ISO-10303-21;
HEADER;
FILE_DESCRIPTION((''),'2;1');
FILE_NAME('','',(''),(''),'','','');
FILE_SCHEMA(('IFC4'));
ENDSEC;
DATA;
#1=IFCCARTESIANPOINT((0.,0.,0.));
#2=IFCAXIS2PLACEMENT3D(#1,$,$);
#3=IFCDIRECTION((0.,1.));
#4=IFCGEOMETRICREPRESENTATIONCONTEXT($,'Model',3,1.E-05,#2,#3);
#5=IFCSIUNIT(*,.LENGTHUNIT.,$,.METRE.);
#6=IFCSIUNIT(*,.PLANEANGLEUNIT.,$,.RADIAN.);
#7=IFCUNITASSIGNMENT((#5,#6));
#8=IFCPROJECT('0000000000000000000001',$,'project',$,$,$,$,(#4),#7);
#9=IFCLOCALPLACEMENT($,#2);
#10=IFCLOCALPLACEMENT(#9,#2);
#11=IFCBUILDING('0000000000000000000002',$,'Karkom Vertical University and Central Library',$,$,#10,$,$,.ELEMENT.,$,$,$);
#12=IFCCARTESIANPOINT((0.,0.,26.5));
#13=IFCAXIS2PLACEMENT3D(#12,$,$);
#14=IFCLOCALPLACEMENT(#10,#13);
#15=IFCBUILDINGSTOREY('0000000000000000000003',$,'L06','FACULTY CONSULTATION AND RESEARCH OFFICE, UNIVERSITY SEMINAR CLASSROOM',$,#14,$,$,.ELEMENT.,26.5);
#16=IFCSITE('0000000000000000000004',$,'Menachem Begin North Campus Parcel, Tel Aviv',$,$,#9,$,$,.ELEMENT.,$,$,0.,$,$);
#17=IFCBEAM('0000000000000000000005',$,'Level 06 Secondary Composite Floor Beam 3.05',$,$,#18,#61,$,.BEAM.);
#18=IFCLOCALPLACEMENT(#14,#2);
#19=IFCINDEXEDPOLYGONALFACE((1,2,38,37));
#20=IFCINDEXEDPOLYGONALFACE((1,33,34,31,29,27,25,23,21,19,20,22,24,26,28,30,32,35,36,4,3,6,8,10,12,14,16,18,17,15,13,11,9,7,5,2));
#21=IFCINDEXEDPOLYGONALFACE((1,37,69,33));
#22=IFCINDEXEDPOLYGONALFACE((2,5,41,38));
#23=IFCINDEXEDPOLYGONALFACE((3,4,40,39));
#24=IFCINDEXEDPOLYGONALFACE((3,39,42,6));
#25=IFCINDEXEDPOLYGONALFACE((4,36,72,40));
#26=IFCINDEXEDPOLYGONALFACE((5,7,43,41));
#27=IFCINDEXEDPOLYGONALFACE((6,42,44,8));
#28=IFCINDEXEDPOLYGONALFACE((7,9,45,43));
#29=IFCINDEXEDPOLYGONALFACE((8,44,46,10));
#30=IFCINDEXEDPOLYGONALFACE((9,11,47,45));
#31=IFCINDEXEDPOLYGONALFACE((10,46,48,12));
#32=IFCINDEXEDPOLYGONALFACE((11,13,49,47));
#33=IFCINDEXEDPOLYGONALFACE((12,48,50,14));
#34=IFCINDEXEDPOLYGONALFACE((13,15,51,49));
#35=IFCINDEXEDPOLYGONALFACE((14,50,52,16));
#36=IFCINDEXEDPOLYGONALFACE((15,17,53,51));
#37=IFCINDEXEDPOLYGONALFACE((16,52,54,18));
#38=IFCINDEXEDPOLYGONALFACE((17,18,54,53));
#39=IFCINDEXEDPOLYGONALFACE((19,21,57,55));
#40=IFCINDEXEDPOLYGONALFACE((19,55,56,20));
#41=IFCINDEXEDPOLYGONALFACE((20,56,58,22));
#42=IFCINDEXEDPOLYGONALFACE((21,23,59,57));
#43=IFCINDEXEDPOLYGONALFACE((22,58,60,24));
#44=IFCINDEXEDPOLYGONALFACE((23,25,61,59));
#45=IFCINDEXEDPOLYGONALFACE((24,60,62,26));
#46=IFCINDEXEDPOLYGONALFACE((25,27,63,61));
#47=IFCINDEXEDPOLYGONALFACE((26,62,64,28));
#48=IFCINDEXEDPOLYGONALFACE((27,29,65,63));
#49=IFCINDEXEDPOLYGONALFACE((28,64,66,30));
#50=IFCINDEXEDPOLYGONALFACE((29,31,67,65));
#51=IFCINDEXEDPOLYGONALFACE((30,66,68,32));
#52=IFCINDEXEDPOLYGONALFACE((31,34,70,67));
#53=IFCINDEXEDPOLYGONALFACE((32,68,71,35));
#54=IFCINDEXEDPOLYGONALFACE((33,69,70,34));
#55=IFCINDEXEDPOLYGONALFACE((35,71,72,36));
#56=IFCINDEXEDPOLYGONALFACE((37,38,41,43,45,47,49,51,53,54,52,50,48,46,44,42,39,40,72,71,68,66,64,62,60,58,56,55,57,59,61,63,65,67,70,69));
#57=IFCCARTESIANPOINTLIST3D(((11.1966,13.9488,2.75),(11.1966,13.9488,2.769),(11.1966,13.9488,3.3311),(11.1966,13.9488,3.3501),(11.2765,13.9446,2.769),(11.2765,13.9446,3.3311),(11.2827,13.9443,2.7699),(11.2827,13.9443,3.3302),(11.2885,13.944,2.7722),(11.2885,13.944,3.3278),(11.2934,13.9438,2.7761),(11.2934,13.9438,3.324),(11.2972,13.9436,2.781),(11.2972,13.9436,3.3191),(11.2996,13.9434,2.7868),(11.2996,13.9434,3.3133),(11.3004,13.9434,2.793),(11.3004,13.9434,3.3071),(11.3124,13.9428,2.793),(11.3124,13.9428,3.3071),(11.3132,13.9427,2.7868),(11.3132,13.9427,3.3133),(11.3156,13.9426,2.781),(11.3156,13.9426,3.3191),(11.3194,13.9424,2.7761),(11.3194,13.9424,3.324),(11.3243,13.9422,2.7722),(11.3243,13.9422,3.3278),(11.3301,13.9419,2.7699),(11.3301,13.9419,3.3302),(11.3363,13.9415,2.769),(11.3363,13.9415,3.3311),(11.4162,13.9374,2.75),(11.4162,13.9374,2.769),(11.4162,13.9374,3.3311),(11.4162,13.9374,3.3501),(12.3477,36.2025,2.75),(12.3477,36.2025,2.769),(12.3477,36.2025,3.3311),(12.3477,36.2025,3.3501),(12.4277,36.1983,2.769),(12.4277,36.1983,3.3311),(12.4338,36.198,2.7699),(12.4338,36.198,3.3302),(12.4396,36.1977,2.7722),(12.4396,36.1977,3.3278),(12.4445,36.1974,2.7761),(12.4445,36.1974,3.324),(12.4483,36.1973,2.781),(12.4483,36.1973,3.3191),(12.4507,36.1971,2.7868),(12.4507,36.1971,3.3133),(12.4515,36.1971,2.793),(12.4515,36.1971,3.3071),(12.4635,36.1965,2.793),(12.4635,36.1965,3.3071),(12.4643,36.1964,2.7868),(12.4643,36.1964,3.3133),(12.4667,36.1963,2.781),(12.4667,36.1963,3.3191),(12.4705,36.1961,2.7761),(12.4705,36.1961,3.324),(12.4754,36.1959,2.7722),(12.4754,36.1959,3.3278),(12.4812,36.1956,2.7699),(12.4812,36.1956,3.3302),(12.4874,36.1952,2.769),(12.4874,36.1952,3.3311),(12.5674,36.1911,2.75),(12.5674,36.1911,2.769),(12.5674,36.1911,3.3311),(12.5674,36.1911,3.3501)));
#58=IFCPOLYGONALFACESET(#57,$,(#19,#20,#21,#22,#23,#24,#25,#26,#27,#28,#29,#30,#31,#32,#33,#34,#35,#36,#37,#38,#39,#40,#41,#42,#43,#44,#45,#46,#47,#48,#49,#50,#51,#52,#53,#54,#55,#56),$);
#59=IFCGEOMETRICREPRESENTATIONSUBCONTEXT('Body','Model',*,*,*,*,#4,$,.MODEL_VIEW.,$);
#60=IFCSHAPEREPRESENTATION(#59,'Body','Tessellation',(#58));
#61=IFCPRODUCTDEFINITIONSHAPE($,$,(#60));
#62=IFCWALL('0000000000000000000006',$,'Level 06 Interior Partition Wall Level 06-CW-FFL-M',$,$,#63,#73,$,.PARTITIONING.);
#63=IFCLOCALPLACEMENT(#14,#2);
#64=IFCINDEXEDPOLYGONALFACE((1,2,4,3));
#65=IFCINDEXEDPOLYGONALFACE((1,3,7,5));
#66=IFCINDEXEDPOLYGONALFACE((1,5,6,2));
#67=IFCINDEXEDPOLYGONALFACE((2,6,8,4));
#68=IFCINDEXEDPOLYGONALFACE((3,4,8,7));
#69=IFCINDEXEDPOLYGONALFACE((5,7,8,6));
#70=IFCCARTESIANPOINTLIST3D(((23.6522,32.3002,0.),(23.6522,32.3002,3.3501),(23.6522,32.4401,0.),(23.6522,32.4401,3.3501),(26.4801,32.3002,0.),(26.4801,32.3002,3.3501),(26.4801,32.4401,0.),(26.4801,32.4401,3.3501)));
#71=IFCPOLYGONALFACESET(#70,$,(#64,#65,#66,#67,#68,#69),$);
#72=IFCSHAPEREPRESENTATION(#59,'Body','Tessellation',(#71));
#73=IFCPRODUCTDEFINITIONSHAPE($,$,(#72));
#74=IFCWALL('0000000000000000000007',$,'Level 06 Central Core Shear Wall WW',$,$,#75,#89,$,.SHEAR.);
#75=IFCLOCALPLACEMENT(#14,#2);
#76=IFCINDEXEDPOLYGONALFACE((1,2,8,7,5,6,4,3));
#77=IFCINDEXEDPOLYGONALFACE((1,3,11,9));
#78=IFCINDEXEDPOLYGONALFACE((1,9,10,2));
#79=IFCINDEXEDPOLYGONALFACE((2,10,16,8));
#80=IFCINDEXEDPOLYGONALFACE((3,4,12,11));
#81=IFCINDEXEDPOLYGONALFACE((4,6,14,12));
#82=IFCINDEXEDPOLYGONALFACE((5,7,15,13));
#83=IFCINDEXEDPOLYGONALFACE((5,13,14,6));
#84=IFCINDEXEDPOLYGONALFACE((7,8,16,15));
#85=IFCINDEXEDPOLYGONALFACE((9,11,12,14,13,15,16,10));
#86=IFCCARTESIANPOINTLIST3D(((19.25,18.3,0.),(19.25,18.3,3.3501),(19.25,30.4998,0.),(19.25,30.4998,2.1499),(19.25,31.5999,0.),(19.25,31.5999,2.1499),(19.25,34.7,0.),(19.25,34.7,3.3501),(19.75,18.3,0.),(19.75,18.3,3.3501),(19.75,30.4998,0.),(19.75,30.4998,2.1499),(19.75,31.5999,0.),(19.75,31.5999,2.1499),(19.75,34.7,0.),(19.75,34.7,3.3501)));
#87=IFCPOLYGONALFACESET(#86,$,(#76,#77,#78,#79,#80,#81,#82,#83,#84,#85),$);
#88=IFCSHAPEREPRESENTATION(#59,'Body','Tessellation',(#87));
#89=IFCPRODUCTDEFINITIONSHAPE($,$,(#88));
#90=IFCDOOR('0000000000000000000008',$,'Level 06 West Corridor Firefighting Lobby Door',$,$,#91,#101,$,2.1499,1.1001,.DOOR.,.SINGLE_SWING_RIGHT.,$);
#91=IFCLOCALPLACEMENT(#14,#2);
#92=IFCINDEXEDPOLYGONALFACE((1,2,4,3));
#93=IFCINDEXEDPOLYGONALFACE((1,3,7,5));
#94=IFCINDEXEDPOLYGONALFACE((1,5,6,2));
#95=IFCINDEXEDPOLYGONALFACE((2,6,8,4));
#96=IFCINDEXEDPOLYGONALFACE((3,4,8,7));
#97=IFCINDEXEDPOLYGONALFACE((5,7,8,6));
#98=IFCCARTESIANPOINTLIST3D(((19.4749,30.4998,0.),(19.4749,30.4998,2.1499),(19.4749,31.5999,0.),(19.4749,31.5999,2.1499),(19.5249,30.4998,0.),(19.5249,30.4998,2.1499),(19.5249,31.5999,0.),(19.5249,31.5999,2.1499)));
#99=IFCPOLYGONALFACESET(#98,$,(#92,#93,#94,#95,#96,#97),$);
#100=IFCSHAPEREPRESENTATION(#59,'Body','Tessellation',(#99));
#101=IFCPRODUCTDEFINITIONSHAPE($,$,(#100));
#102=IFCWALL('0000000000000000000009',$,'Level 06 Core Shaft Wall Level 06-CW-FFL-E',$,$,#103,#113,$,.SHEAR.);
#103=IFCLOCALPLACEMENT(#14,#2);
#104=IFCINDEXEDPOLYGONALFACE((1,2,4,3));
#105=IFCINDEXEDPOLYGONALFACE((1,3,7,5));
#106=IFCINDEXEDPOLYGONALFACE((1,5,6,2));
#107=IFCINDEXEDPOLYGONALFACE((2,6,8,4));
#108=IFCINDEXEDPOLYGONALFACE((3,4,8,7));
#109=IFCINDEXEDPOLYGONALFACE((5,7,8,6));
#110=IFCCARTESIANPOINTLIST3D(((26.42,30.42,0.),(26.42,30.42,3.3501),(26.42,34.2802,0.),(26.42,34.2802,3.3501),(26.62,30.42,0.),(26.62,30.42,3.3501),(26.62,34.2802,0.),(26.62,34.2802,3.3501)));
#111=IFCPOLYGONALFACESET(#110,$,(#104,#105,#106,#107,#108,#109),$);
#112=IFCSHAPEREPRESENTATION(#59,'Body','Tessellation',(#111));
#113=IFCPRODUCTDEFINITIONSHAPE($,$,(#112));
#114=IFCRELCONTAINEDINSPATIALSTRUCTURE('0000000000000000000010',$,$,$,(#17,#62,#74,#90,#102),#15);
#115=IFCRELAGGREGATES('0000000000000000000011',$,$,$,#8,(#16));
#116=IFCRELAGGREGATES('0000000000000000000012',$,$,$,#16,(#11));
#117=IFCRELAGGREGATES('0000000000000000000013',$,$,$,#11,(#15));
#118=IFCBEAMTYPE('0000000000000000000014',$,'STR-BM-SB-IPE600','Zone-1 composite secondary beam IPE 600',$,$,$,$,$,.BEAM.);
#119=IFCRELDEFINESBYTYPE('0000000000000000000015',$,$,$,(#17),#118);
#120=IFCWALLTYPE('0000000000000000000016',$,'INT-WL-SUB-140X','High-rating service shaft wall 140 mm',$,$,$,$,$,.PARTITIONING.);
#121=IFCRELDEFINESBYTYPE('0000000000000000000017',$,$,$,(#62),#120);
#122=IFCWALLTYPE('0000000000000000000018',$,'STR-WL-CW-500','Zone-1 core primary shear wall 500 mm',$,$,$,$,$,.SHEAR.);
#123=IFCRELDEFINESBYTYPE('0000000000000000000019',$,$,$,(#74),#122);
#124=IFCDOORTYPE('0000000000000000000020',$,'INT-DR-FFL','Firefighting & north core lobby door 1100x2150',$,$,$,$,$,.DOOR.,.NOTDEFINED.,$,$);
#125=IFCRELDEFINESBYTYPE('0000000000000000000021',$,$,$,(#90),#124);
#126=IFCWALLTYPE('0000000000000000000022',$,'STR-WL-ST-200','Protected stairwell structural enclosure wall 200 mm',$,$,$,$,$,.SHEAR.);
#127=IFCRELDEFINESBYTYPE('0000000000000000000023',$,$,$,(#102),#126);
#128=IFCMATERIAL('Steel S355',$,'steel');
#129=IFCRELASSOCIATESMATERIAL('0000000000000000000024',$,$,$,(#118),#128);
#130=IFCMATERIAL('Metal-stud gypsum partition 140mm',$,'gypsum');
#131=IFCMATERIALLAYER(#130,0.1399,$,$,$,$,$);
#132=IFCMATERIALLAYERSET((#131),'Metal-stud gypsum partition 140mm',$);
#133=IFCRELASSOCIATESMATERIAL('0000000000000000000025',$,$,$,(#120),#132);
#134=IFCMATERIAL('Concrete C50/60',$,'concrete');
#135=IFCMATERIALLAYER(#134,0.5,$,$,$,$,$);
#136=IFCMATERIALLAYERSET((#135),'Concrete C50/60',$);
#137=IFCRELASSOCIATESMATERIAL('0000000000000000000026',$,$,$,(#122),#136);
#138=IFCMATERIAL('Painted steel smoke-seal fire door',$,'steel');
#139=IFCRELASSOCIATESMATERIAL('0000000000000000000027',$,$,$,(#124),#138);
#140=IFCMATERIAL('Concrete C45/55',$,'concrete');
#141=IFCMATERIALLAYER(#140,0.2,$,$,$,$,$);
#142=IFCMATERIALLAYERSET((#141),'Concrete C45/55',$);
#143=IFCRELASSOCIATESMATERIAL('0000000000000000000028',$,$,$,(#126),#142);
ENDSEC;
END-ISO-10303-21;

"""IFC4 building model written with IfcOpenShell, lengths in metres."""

from ifc_helpers import new_model, si_unit, direction, frame, frame_2d, origin, origin_with_axes, origin_2d, place, context, subcontext, project, spatial, rectangle, i_section, extrude, source, transform, mapped, material, layer, layer_set, material_profile, profile_set, type_object, element, fill, save


model = new_model("IFC4")

# Units and contexts
model_context = context("Model", 3, precision=1e-05, world=origin(), true_north=direction((0.0, 1.0)))
body_context = subcontext(model_context, "Body", "Model", "MODEL_VIEW")
ifc_project = project(units=[si_unit("LENGTHUNIT", "METRE"), si_unit("PLANEANGLEUNIT", "RADIAN")], contexts=[model_context])

# Site, building, storey
site_placement = place(None, origin())
site = spatial("IfcSite", under=ifc_project, at=site_placement, Name="Menachem Begin North Campus Parcel, Tel Aviv", CompositionType="ELEMENT", RefElevation=0.0)
building_placement = place(site_placement, origin())
building = spatial("IfcBuilding", under=site, at=building_placement, Name="Karkom Vertical University and Central Library", CompositionType="ELEMENT")
storey_placement = place(building_placement, frame((0.0, 0.0, 26.5)))
storey = spatial("IfcBuildingStorey", under=building, at=storey_placement, Name="L06", Description="FACULTY CONSULTATION AND RESEARCH OFFICE, UNIVERSITY SEMINAR CLASSROOM", CompositionType="ELEMENT", Elevation=26.5)

# Shared definitions
ifc_material_1 = material(Name="Concrete C50/60", Category="concrete")

# Beam
ifc_material_2 = material(Name="Steel S355", Category="steel")
ifc_material_profile_1 = material_profile(ifc_material_2, i_section(OverallWidth=0.22, OverallDepth=0.6001, WebThickness=0.012, FlangeThickness=0.019, FilletRadius=0.0239, at=origin_2d()), Name="IPE 600")
ifc_profile_set_1 = profile_set([ifc_material_profile_1], Name="Steel S355")
beam_type_1 = type_object("IfcBeamType", Name="STR-BM-SB-IPE600", Description="Zone-1 composite secondary beam IPE 600", PredefinedType="BEAM", material=ifc_profile_set_1)
shared_shape_1 = source(origin_with_axes(), body_context, "Body", "SweptSolid", [
    extrude(i_section(OverallWidth=0.22, OverallDepth=0.6001, WebThickness=0.012, FlangeThickness=0.019, FilletRadius=0.0239, at=origin_2d()), origin(), (0.0, 0.0, 1.0), 22.2834),
])
beam_1_placement = place(storey_placement, frame((12.4575, 36.1968, 3.05), z_axis=(-0.051658, -0.998665, 0.0), x_axis=(0.998665, -0.051658, 0.0)))
element("IfcBeam", 1, at=beam_1_placement, inside=storey, type_object=beam_type_1, Name="Level 06 Secondary Composite Floor Beam 3.05", PredefinedType="BEAM", context=body_context, shape_type="MappedRepresentation", body=[
    mapped(shared_shape_1, transform((0.0, 0.0, 0.0), scale=1.0)),
])

# Wall
ifc_material_3 = material(Name="Metal-stud gypsum partition 140mm", Category="gypsum")
ifc_layer_1 = layer(ifc_material_3, 0.1399)
ifc_layer_set_1 = layer_set([ifc_layer_1], Name="Metal-stud gypsum partition 140mm")
wall_type_1 = type_object("IfcWallType", Name="INT-WL-SUB-140X", Description="High-rating service shaft wall 140 mm", PredefinedType="PARTITIONING", material=ifc_layer_set_1)
wall_1_placement = place(storey_placement, frame((23.6521, 32.3701, 0.0), z_axis=(0.0, 0.0, 1.0), x_axis=(1.0, 0.0, 0.0)))
element("IfcWall", 2, at=wall_1_placement, inside=storey, type_object=wall_type_1, Name="Level 06 Interior Partition Wall Level 06-CW-FFL-M", PredefinedType="PARTITIONING", context=body_context, shape_type="SweptSolid", body=[
    extrude(rectangle(XDim=2.8279, YDim=0.1399, at=frame_2d((1.4141, 0.0))), origin(), (0.0, 0.0, 1.0), 3.3501),
])

# Wall, opening, door
ifc_layer_2 = layer(ifc_material_1, 0.5)
ifc_layer_set_2 = layer_set([ifc_layer_2], Name="Concrete C50/60")
wall_type_2 = type_object("IfcWallType", Name="STR-WL-CW-500", Description="Zone-1 core primary shear wall 500 mm", PredefinedType="SHEAR", material=ifc_layer_set_2)
ifc_material_4 = material(Name="Painted steel smoke-seal fire door", Category="steel")
door_type = type_object("IfcDoorType", Name="INT-DR-FFL", Description="Firefighting & north core lobby door 1100x2150", OperationType="NOTDEFINED", PredefinedType="DOOR", material=ifc_material_4)
shared_shape_2 = source(origin_with_axes(), body_context, "Body", "SweptSolid", [
    extrude(rectangle(XDim=1.1001, YDim=2.1499, at=frame_2d((0.55, 1.075))), frame((0.0, 0.0249, 0.0), z_axis=(0.0, -1.0, 0.0), x_axis=(1.0, 0.0, 0.0)), (0.0, 0.0, 1.0), 0.05),
])
wall_2_placement = place(storey_placement, frame((19.5, 34.7, 0.0), z_axis=(0.0, 0.0, 1.0), x_axis=(0.0, -1.0, 0.0)))
wall_2 = element("IfcWall", 3, at=wall_2_placement, inside=storey, type_object=wall_type_2, Name="Level 06 Central Core Shear Wall WW", PredefinedType="SHEAR", context=body_context, shape_type="SweptSolid", body=[
    extrude(rectangle(XDim=16.3999, YDim=0.5, at=frame_2d((8.2, 0.0))), origin(), (0.0, 0.0, 1.0), 3.3501),
])
opening_1_placement = place(wall_2_placement, frame((3.1001, 0.0, 0.0)))
opening_1 = element("IfcOpeningElement", 4, at=opening_1_placement, cuts=wall_2, PredefinedType="OPENING", context=body_context, shape_type="SweptSolid", body=[
    extrude(rectangle(XDim=1.1001, YDim=2.1499, at=frame_2d((0.55, 1.075))), frame((0.0, 0.26, 0.0), z_axis=(0.0, -1.0, 0.0), x_axis=(1.0, 0.0, 0.0)), (0.0, 0.0, 1.0), 0.52),
])
door_1_placement = place(opening_1_placement, origin())
door_1 = element("IfcDoor", 5, at=door_1_placement, inside=storey, type_object=door_type, Name="Level 06 West Corridor Firefighting Lobby Door", OperationType="SINGLE_SWING_RIGHT", OverallHeight=2.1499, OverallWidth=1.1001, PredefinedType="DOOR", context=body_context, shape_type="MappedRepresentation", body=[
    mapped(shared_shape_2, transform((0.0, 0.0, 0.0), scale=1.0)),
])
fill(opening_1, door_1)

# Wall
ifc_material_5 = material(Name="Concrete C45/55", Category="concrete")
ifc_layer_3 = layer(ifc_material_5, 0.2)
ifc_layer_set_3 = layer_set([ifc_layer_3], Name="Concrete C45/55")
wall_type_3 = type_object("IfcWallType", Name="STR-WL-ST-200", Description="Protected stairwell structural enclosure wall 200 mm", PredefinedType="SHEAR", material=ifc_layer_set_3)
wall_3_placement = place(storey_placement, frame((26.52, 30.4199, 0.0), z_axis=(0.0, 0.0, 1.0), x_axis=(0.0, 1.0, 0.0)))
element("IfcWall", 6, at=wall_3_placement, inside=storey, type_object=wall_type_3, Name="Level 06 Core Shaft Wall Level 06-CW-FFL-E", PredefinedType="SHEAR", context=body_context, shape_type="SweptSolid", body=[
    extrude(rectangle(XDim=3.8601, YDim=0.2, at=frame_2d((1.9302, 0.0))), origin(), (0.0, 0.0, 1.0), 3.3501),
])

save(model, "model.ifc")
